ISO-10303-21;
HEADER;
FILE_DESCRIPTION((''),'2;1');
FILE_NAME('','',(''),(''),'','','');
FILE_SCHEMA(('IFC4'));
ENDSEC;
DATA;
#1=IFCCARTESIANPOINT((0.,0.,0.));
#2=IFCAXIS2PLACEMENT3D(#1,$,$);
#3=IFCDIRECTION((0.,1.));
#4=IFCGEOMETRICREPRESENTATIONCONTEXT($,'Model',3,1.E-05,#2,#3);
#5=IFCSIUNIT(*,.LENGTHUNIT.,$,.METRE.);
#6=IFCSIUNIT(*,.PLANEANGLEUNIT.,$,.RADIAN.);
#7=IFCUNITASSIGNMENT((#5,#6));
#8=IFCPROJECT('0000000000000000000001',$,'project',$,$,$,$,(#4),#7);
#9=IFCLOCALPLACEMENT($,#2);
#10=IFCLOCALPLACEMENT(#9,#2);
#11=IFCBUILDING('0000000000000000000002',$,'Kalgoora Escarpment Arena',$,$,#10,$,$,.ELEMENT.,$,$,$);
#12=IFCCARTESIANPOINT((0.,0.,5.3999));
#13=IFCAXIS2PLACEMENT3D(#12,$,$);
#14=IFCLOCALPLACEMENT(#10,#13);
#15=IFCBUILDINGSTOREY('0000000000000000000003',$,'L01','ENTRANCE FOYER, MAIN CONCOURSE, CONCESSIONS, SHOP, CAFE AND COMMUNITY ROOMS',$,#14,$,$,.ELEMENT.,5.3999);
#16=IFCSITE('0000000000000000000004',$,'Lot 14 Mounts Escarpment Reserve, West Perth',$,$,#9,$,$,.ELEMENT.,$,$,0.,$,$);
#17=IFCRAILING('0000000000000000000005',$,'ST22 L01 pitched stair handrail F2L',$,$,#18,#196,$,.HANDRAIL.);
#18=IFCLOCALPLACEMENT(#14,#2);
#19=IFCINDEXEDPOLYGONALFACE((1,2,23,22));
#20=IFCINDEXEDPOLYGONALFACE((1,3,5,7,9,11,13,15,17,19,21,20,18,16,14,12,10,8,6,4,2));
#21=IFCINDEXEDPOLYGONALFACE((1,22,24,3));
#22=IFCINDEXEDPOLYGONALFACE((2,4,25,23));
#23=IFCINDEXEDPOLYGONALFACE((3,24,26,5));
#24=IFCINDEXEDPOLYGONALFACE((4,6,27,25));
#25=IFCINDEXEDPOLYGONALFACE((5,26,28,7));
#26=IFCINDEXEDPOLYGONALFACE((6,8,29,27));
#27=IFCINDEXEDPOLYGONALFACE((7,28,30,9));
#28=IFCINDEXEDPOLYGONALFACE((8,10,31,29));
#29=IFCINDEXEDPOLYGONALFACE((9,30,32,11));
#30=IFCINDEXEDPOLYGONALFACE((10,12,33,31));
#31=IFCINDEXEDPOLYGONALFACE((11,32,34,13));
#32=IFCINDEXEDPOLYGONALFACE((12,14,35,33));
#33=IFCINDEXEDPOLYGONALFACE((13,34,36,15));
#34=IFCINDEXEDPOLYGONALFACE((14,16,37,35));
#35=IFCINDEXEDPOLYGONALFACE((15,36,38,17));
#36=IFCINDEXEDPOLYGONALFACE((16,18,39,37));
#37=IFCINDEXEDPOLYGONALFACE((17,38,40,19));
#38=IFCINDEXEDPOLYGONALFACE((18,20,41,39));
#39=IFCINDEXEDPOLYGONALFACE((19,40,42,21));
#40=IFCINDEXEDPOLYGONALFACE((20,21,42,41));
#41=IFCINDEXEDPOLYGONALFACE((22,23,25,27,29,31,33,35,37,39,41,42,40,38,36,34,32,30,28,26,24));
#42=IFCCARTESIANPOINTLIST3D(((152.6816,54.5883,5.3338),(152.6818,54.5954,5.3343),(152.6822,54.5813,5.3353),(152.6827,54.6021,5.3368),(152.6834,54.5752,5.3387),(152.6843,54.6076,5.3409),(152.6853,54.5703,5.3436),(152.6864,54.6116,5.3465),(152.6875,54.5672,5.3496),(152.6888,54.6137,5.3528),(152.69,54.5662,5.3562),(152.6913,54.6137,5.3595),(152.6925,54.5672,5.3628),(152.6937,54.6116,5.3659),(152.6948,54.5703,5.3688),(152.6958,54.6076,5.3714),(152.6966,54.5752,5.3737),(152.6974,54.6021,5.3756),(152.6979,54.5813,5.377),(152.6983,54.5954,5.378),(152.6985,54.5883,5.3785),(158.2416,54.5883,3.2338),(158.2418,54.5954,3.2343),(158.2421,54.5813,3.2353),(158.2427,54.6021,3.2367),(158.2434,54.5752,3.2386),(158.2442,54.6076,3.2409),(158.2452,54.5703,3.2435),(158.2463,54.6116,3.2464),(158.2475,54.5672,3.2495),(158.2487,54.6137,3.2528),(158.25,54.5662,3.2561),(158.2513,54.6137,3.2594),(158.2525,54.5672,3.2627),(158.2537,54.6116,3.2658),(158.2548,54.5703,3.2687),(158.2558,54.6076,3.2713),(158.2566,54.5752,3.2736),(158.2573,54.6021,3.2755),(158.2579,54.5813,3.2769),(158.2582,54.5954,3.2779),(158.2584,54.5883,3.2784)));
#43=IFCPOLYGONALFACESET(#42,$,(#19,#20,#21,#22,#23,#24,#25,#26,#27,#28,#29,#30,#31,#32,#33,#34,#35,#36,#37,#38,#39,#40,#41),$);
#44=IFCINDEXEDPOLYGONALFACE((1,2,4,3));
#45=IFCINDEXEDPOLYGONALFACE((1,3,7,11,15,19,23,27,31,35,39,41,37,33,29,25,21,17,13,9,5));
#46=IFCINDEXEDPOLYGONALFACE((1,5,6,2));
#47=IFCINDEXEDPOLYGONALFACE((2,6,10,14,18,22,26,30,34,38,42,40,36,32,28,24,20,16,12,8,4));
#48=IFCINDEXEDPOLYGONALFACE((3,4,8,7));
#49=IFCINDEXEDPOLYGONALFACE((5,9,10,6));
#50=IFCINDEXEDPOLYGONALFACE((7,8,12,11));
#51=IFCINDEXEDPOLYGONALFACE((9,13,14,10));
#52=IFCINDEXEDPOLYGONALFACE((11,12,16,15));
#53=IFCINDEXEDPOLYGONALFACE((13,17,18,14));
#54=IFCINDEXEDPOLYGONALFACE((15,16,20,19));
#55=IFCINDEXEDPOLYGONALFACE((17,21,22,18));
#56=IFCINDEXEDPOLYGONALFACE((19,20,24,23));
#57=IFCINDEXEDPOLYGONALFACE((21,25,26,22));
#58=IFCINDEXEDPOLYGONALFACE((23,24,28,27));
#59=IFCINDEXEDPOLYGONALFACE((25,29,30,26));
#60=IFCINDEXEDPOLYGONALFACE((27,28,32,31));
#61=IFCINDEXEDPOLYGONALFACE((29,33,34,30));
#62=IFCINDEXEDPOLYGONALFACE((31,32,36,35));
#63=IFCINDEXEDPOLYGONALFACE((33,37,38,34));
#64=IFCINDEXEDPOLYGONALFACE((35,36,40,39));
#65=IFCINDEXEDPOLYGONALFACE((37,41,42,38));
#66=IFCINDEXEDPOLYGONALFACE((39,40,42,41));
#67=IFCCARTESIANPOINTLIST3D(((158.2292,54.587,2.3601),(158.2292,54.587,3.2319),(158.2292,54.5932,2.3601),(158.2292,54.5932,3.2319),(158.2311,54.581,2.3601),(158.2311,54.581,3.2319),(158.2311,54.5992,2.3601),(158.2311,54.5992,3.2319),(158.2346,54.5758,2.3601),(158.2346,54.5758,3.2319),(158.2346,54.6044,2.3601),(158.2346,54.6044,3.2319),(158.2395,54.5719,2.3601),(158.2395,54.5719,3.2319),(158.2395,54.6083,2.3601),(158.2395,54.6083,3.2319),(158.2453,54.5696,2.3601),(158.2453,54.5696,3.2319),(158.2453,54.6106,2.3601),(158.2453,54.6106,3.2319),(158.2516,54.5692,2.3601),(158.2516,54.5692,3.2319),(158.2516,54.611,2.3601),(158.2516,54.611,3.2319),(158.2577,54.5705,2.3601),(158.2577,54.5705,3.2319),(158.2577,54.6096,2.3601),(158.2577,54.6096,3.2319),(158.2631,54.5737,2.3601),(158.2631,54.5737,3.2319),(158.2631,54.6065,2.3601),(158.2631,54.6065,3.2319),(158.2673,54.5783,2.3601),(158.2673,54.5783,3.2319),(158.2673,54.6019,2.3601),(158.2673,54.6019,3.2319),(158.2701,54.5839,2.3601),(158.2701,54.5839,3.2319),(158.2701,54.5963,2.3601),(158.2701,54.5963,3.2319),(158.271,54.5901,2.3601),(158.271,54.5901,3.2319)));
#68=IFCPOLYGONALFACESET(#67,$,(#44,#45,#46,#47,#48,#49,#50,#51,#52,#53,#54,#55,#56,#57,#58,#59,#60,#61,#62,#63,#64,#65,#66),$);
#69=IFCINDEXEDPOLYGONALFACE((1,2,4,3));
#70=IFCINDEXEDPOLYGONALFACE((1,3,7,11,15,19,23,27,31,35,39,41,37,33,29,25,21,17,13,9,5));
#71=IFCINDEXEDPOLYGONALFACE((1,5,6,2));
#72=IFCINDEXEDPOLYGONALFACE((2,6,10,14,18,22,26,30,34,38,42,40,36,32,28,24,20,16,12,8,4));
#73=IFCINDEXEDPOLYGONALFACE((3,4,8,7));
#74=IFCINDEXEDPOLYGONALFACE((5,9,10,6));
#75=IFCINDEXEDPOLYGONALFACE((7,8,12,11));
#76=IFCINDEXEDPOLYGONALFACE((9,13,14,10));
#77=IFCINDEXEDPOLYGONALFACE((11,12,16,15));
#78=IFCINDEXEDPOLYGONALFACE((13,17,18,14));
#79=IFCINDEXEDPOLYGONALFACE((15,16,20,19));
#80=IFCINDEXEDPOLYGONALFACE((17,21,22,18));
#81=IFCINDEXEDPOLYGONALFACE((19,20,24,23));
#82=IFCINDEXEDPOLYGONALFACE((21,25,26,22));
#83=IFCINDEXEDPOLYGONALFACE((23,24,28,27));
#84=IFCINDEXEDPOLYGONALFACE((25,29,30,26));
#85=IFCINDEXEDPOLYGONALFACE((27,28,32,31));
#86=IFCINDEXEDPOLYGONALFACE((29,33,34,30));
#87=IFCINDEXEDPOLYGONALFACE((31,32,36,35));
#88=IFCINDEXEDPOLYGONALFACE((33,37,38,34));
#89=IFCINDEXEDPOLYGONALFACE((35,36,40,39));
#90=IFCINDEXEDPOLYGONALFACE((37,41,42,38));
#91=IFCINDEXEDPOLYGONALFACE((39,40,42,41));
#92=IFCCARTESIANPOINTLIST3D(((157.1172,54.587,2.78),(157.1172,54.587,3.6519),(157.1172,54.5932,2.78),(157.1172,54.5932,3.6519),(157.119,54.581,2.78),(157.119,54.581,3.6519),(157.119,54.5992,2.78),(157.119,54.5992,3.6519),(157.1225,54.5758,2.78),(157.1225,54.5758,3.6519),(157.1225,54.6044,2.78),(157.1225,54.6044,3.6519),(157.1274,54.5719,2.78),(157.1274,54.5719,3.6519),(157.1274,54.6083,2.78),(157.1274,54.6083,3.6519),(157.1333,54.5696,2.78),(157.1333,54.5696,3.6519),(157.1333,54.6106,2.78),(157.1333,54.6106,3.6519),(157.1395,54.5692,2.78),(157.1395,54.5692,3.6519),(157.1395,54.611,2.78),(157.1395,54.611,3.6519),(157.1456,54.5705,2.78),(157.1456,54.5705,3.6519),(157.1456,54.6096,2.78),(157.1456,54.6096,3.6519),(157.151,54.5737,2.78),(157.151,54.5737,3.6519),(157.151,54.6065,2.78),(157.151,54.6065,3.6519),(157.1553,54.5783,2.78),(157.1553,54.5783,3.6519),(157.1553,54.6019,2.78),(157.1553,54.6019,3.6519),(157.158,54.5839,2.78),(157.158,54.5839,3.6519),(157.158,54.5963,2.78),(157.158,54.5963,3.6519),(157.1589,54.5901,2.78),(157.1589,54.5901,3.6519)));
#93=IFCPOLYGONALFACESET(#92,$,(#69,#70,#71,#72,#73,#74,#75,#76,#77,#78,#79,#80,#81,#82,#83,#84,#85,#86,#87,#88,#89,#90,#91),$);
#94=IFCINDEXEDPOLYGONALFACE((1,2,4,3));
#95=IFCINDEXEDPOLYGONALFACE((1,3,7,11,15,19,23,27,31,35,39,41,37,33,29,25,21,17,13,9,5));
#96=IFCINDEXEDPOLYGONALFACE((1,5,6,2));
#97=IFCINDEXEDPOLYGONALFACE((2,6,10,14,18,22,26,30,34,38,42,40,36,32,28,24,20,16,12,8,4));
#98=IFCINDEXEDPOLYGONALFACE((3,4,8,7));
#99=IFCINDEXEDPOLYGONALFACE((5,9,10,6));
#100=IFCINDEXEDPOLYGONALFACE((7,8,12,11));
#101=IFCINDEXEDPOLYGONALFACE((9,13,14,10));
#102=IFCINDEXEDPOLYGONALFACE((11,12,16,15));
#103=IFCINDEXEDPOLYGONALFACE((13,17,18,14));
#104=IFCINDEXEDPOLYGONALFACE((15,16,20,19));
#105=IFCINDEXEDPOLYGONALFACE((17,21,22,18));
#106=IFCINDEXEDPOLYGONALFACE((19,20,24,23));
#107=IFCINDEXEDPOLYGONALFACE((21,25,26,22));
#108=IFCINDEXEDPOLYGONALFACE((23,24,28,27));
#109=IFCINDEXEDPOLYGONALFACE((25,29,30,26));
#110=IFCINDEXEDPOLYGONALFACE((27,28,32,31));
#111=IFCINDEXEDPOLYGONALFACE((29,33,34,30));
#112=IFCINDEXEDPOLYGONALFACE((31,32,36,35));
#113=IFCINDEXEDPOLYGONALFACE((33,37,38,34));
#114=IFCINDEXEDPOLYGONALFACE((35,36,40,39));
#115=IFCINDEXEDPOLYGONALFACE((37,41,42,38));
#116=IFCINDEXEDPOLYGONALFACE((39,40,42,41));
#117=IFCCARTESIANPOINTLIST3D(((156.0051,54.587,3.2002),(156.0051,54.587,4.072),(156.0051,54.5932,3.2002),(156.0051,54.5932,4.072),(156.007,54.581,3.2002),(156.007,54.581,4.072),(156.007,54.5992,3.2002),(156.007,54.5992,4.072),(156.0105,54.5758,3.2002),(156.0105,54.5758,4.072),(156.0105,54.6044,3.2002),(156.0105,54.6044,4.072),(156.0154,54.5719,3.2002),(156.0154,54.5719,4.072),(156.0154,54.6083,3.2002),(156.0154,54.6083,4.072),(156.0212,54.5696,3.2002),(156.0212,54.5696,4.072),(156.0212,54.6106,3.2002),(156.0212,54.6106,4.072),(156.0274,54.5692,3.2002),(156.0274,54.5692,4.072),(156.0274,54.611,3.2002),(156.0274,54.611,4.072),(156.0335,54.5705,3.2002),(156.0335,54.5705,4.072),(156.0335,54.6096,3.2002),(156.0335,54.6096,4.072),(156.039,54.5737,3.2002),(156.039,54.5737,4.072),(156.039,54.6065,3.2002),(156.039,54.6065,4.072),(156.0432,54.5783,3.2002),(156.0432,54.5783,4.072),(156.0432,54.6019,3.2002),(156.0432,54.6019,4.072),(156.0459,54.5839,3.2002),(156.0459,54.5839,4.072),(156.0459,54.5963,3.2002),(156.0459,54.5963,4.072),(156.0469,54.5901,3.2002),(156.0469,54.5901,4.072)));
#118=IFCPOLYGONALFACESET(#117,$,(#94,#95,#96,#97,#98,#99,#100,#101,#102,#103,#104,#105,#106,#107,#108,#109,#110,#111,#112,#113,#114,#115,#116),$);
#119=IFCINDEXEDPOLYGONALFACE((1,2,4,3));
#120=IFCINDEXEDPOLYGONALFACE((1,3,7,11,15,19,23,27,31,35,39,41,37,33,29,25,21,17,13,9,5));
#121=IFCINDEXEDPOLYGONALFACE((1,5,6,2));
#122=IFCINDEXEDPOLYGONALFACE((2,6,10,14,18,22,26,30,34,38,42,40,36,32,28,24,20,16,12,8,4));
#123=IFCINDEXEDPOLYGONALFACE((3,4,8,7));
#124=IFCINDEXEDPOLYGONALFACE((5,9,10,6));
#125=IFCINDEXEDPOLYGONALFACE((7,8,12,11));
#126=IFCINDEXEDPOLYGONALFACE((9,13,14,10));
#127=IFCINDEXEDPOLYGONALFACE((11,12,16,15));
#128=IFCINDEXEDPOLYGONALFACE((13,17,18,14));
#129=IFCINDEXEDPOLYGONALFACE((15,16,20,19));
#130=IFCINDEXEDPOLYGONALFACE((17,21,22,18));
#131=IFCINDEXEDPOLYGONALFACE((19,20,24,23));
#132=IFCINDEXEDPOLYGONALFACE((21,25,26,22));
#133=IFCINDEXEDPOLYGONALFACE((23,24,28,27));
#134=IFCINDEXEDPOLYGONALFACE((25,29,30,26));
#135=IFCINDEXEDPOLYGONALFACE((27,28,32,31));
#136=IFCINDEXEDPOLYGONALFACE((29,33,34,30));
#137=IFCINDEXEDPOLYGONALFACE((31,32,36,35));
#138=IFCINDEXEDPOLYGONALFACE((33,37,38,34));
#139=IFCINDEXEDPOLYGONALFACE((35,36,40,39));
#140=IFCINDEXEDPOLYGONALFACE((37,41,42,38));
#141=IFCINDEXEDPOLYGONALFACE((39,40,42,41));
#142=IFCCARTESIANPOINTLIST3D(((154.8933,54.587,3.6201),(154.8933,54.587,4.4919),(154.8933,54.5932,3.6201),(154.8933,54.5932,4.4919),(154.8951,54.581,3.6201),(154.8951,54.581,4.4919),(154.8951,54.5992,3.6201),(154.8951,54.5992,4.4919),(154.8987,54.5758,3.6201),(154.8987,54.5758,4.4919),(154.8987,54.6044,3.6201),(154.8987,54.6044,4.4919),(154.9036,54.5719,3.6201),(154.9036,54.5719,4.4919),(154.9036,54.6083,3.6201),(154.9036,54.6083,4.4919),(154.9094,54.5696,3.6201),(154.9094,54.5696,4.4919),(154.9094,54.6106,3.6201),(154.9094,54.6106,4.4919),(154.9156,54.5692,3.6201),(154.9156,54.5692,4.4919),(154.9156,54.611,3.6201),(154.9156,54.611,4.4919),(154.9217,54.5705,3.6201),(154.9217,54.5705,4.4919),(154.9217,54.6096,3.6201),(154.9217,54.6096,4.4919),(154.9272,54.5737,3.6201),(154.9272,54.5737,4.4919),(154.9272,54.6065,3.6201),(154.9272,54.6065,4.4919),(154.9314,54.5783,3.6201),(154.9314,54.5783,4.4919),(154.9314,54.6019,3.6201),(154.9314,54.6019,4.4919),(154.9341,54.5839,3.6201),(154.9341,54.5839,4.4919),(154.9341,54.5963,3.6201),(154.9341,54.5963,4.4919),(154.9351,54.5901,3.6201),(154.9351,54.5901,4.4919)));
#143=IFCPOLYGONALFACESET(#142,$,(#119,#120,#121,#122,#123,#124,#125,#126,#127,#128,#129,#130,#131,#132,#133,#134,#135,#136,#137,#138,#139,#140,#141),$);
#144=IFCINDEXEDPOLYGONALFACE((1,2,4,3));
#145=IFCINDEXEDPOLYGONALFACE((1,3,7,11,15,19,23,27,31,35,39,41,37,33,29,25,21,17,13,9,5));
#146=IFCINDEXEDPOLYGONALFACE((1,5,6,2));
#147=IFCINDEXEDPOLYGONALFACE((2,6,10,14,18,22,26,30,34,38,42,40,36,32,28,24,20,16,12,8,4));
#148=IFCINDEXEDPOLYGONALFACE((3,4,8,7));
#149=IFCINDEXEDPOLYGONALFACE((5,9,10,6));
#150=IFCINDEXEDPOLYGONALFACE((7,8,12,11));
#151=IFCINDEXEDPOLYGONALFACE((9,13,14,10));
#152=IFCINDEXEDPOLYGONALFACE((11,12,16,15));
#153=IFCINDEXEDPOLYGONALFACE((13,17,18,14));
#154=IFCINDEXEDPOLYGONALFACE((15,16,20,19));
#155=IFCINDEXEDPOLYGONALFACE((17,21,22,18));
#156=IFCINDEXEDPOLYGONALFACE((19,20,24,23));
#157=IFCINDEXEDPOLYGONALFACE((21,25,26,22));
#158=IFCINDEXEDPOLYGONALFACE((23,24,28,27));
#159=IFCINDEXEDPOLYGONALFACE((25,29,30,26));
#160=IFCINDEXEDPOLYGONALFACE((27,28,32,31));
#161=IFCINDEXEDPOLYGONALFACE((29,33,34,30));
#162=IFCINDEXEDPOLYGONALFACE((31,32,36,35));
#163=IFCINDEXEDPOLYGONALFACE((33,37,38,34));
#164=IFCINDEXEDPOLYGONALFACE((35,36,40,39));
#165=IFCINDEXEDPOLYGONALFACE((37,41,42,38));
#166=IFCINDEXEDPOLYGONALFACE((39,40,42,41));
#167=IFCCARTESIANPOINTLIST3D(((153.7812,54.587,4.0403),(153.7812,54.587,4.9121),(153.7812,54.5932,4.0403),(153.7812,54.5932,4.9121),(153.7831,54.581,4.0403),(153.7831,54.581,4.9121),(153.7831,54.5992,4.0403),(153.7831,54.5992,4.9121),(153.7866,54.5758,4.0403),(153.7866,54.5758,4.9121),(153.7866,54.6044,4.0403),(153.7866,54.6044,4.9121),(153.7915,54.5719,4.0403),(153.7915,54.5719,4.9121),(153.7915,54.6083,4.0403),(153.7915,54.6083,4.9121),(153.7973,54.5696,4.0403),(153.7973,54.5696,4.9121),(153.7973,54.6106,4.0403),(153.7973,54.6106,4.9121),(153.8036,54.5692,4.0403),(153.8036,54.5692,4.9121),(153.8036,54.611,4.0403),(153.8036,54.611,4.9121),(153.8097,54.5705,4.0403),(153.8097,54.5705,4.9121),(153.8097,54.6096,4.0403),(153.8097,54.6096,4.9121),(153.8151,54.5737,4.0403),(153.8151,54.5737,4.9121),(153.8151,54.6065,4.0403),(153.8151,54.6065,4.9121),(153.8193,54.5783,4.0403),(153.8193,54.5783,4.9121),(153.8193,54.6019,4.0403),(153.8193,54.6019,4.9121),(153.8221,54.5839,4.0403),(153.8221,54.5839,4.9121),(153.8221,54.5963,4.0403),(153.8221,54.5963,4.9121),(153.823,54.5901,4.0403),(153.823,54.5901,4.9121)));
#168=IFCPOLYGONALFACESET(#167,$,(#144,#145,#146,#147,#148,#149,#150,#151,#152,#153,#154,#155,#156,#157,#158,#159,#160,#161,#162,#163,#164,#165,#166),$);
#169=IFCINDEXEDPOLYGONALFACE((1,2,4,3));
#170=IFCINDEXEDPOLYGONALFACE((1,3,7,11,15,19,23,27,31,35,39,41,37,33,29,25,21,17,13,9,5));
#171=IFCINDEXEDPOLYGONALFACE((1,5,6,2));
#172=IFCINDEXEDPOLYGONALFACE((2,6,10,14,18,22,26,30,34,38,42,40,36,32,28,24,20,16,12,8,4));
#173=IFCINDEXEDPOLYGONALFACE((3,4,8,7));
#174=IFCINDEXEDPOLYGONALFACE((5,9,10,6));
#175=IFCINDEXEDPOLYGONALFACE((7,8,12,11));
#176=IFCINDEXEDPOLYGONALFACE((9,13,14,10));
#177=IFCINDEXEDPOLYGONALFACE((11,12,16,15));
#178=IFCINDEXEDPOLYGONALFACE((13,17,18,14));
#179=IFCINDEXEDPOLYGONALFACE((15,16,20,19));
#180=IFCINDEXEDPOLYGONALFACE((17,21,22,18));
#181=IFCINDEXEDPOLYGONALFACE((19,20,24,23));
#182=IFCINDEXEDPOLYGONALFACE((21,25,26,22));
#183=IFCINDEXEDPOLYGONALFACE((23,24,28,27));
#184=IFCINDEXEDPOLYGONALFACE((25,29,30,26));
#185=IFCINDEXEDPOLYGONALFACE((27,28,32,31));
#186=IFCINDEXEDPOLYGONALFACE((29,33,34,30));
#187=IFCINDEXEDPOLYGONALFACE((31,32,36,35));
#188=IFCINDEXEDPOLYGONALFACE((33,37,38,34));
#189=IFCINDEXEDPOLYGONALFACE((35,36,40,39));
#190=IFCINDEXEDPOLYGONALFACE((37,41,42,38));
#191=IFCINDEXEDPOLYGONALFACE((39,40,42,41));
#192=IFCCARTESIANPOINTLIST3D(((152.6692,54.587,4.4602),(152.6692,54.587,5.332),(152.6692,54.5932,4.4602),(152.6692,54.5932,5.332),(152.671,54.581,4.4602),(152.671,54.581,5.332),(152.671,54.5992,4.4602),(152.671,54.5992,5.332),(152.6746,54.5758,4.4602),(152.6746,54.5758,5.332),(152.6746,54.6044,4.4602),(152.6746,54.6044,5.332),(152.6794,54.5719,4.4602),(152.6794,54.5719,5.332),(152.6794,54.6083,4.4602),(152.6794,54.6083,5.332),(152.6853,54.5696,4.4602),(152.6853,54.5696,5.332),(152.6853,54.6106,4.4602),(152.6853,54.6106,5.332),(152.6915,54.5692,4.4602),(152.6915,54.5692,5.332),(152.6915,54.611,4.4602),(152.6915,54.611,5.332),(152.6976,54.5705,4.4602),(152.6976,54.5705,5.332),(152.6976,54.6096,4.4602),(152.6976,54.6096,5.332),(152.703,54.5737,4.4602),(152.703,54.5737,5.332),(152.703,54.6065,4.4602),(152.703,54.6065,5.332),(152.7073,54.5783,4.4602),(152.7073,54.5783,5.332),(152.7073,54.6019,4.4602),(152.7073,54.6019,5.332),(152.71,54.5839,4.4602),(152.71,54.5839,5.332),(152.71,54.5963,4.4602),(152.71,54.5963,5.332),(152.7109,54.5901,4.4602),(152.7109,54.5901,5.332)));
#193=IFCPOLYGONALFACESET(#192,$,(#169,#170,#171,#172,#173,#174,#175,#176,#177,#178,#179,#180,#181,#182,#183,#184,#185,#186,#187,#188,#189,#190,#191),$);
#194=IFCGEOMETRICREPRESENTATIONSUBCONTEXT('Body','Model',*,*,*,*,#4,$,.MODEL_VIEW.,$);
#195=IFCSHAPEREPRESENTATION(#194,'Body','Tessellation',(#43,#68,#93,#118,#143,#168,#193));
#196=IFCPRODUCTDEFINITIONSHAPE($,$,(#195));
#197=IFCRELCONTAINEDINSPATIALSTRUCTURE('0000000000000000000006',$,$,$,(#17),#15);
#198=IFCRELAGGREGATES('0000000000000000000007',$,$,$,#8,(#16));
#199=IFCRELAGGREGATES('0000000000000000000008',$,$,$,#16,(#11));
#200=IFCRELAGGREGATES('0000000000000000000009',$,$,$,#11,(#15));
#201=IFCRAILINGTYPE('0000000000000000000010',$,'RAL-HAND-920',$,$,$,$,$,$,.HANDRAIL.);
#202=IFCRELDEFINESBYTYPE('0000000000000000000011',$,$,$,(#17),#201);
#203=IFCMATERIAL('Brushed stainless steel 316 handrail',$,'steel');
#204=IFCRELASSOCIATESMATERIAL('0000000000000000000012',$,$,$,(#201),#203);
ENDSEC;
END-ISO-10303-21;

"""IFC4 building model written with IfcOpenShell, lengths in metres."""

from ifc_helpers import new_model, si_unit, direction, frame, origin, origin_2d, place, context, subcontext, project, spatial, circle, extrude, material, type_object, element, save


model = new_model("IFC4")

# Units and contexts
model_context = context("Model", 3, precision=1e-05, world=origin(), true_north=direction((0.0, 1.0)))
body_context = subcontext(model_context, "Body", "Model", "MODEL_VIEW")
ifc_project = project(units=[si_unit("LENGTHUNIT", "METRE"), si_unit("PLANEANGLEUNIT", "RADIAN")], contexts=[model_context])

# Site, building, storey
site_placement = place(None, origin())
site = spatial("IfcSite", under=ifc_project, at=site_placement, Name="Lot 14 Mounts Escarpment Reserve, West Perth", CompositionType="ELEMENT", RefElevation=0.0)
building_placement = place(site_placement, origin())
building = spatial("IfcBuilding", under=site, at=building_placement, Name="Kalgoora Escarpment Arena", CompositionType="ELEMENT")
storey_placement = place(building_placement, frame((0.0, 0.0, 5.3999)))
storey = spatial("IfcBuildingStorey", under=building, at=storey_placement, Name="L01", Description="ENTRANCE FOYER, MAIN CONCOURSE, CONCESSIONS, SHOP, CAFE AND COMMUNITY ROOMS", CompositionType="ELEMENT", Elevation=5.3999)

# Railing
ifc_material_1 = material(Name="Brushed stainless steel 316 handrail", Category="steel")
railing_type_1 = type_object("IfcRailingType", Name="RAL-HAND-920", PredefinedType="HANDRAIL", material=ifc_material_1)
for number, where, name in (
    (1, (158.25, 54.5901, 2.3601), "ST22 L01 pitched stair handrail F2L"),
):
    element("IfcRailing", number, at=place(storey_placement, frame(where)), inside=storey, type_object=railing_type_1, Name=name, PredefinedType="HANDRAIL", context=body_context, shape_type="SweptSolid", body=[
        extrude(circle(Radius=0.0239, at=origin_2d()), frame((0.0, 0.0, 0.896), z_axis=(-0.935493, 0.0, 0.353346), x_axis=(0.0, -1.0, 0.0)), (0.0, 0.0, 1.0), 5.9434),
        extrude(circle(Radius=0.021, at=origin_2d()), origin(), (0.0, 0.0, 1.0), 0.8718),
        extrude(circle(Radius=0.021, at=origin_2d()), frame((-1.1121, 0.0, 0.4199)), (0.0, 0.0, 1.0), 0.8718),
        extrude(circle(Radius=0.021, at=origin_2d()), frame((-2.2241, 0.0, 0.8401)), (0.0, 0.0, 1.0), 0.8718),
        extrude(circle(Radius=0.021, at=origin_2d()), frame((-3.3359, 0.0, 1.26)), (0.0, 0.0, 1.0), 0.8718),
        extrude(circle(Radius=0.021, at=origin_2d()), frame((-4.448, 0.0, 1.6802)), (0.0, 0.0, 1.0), 0.8718),
        extrude(circle(Radius=0.021, at=origin_2d()), frame((-5.5601, 0.0, 2.1001)), (0.0, 0.0, 1.0), 0.8718),
    ])

save(model, "model.ifc")
